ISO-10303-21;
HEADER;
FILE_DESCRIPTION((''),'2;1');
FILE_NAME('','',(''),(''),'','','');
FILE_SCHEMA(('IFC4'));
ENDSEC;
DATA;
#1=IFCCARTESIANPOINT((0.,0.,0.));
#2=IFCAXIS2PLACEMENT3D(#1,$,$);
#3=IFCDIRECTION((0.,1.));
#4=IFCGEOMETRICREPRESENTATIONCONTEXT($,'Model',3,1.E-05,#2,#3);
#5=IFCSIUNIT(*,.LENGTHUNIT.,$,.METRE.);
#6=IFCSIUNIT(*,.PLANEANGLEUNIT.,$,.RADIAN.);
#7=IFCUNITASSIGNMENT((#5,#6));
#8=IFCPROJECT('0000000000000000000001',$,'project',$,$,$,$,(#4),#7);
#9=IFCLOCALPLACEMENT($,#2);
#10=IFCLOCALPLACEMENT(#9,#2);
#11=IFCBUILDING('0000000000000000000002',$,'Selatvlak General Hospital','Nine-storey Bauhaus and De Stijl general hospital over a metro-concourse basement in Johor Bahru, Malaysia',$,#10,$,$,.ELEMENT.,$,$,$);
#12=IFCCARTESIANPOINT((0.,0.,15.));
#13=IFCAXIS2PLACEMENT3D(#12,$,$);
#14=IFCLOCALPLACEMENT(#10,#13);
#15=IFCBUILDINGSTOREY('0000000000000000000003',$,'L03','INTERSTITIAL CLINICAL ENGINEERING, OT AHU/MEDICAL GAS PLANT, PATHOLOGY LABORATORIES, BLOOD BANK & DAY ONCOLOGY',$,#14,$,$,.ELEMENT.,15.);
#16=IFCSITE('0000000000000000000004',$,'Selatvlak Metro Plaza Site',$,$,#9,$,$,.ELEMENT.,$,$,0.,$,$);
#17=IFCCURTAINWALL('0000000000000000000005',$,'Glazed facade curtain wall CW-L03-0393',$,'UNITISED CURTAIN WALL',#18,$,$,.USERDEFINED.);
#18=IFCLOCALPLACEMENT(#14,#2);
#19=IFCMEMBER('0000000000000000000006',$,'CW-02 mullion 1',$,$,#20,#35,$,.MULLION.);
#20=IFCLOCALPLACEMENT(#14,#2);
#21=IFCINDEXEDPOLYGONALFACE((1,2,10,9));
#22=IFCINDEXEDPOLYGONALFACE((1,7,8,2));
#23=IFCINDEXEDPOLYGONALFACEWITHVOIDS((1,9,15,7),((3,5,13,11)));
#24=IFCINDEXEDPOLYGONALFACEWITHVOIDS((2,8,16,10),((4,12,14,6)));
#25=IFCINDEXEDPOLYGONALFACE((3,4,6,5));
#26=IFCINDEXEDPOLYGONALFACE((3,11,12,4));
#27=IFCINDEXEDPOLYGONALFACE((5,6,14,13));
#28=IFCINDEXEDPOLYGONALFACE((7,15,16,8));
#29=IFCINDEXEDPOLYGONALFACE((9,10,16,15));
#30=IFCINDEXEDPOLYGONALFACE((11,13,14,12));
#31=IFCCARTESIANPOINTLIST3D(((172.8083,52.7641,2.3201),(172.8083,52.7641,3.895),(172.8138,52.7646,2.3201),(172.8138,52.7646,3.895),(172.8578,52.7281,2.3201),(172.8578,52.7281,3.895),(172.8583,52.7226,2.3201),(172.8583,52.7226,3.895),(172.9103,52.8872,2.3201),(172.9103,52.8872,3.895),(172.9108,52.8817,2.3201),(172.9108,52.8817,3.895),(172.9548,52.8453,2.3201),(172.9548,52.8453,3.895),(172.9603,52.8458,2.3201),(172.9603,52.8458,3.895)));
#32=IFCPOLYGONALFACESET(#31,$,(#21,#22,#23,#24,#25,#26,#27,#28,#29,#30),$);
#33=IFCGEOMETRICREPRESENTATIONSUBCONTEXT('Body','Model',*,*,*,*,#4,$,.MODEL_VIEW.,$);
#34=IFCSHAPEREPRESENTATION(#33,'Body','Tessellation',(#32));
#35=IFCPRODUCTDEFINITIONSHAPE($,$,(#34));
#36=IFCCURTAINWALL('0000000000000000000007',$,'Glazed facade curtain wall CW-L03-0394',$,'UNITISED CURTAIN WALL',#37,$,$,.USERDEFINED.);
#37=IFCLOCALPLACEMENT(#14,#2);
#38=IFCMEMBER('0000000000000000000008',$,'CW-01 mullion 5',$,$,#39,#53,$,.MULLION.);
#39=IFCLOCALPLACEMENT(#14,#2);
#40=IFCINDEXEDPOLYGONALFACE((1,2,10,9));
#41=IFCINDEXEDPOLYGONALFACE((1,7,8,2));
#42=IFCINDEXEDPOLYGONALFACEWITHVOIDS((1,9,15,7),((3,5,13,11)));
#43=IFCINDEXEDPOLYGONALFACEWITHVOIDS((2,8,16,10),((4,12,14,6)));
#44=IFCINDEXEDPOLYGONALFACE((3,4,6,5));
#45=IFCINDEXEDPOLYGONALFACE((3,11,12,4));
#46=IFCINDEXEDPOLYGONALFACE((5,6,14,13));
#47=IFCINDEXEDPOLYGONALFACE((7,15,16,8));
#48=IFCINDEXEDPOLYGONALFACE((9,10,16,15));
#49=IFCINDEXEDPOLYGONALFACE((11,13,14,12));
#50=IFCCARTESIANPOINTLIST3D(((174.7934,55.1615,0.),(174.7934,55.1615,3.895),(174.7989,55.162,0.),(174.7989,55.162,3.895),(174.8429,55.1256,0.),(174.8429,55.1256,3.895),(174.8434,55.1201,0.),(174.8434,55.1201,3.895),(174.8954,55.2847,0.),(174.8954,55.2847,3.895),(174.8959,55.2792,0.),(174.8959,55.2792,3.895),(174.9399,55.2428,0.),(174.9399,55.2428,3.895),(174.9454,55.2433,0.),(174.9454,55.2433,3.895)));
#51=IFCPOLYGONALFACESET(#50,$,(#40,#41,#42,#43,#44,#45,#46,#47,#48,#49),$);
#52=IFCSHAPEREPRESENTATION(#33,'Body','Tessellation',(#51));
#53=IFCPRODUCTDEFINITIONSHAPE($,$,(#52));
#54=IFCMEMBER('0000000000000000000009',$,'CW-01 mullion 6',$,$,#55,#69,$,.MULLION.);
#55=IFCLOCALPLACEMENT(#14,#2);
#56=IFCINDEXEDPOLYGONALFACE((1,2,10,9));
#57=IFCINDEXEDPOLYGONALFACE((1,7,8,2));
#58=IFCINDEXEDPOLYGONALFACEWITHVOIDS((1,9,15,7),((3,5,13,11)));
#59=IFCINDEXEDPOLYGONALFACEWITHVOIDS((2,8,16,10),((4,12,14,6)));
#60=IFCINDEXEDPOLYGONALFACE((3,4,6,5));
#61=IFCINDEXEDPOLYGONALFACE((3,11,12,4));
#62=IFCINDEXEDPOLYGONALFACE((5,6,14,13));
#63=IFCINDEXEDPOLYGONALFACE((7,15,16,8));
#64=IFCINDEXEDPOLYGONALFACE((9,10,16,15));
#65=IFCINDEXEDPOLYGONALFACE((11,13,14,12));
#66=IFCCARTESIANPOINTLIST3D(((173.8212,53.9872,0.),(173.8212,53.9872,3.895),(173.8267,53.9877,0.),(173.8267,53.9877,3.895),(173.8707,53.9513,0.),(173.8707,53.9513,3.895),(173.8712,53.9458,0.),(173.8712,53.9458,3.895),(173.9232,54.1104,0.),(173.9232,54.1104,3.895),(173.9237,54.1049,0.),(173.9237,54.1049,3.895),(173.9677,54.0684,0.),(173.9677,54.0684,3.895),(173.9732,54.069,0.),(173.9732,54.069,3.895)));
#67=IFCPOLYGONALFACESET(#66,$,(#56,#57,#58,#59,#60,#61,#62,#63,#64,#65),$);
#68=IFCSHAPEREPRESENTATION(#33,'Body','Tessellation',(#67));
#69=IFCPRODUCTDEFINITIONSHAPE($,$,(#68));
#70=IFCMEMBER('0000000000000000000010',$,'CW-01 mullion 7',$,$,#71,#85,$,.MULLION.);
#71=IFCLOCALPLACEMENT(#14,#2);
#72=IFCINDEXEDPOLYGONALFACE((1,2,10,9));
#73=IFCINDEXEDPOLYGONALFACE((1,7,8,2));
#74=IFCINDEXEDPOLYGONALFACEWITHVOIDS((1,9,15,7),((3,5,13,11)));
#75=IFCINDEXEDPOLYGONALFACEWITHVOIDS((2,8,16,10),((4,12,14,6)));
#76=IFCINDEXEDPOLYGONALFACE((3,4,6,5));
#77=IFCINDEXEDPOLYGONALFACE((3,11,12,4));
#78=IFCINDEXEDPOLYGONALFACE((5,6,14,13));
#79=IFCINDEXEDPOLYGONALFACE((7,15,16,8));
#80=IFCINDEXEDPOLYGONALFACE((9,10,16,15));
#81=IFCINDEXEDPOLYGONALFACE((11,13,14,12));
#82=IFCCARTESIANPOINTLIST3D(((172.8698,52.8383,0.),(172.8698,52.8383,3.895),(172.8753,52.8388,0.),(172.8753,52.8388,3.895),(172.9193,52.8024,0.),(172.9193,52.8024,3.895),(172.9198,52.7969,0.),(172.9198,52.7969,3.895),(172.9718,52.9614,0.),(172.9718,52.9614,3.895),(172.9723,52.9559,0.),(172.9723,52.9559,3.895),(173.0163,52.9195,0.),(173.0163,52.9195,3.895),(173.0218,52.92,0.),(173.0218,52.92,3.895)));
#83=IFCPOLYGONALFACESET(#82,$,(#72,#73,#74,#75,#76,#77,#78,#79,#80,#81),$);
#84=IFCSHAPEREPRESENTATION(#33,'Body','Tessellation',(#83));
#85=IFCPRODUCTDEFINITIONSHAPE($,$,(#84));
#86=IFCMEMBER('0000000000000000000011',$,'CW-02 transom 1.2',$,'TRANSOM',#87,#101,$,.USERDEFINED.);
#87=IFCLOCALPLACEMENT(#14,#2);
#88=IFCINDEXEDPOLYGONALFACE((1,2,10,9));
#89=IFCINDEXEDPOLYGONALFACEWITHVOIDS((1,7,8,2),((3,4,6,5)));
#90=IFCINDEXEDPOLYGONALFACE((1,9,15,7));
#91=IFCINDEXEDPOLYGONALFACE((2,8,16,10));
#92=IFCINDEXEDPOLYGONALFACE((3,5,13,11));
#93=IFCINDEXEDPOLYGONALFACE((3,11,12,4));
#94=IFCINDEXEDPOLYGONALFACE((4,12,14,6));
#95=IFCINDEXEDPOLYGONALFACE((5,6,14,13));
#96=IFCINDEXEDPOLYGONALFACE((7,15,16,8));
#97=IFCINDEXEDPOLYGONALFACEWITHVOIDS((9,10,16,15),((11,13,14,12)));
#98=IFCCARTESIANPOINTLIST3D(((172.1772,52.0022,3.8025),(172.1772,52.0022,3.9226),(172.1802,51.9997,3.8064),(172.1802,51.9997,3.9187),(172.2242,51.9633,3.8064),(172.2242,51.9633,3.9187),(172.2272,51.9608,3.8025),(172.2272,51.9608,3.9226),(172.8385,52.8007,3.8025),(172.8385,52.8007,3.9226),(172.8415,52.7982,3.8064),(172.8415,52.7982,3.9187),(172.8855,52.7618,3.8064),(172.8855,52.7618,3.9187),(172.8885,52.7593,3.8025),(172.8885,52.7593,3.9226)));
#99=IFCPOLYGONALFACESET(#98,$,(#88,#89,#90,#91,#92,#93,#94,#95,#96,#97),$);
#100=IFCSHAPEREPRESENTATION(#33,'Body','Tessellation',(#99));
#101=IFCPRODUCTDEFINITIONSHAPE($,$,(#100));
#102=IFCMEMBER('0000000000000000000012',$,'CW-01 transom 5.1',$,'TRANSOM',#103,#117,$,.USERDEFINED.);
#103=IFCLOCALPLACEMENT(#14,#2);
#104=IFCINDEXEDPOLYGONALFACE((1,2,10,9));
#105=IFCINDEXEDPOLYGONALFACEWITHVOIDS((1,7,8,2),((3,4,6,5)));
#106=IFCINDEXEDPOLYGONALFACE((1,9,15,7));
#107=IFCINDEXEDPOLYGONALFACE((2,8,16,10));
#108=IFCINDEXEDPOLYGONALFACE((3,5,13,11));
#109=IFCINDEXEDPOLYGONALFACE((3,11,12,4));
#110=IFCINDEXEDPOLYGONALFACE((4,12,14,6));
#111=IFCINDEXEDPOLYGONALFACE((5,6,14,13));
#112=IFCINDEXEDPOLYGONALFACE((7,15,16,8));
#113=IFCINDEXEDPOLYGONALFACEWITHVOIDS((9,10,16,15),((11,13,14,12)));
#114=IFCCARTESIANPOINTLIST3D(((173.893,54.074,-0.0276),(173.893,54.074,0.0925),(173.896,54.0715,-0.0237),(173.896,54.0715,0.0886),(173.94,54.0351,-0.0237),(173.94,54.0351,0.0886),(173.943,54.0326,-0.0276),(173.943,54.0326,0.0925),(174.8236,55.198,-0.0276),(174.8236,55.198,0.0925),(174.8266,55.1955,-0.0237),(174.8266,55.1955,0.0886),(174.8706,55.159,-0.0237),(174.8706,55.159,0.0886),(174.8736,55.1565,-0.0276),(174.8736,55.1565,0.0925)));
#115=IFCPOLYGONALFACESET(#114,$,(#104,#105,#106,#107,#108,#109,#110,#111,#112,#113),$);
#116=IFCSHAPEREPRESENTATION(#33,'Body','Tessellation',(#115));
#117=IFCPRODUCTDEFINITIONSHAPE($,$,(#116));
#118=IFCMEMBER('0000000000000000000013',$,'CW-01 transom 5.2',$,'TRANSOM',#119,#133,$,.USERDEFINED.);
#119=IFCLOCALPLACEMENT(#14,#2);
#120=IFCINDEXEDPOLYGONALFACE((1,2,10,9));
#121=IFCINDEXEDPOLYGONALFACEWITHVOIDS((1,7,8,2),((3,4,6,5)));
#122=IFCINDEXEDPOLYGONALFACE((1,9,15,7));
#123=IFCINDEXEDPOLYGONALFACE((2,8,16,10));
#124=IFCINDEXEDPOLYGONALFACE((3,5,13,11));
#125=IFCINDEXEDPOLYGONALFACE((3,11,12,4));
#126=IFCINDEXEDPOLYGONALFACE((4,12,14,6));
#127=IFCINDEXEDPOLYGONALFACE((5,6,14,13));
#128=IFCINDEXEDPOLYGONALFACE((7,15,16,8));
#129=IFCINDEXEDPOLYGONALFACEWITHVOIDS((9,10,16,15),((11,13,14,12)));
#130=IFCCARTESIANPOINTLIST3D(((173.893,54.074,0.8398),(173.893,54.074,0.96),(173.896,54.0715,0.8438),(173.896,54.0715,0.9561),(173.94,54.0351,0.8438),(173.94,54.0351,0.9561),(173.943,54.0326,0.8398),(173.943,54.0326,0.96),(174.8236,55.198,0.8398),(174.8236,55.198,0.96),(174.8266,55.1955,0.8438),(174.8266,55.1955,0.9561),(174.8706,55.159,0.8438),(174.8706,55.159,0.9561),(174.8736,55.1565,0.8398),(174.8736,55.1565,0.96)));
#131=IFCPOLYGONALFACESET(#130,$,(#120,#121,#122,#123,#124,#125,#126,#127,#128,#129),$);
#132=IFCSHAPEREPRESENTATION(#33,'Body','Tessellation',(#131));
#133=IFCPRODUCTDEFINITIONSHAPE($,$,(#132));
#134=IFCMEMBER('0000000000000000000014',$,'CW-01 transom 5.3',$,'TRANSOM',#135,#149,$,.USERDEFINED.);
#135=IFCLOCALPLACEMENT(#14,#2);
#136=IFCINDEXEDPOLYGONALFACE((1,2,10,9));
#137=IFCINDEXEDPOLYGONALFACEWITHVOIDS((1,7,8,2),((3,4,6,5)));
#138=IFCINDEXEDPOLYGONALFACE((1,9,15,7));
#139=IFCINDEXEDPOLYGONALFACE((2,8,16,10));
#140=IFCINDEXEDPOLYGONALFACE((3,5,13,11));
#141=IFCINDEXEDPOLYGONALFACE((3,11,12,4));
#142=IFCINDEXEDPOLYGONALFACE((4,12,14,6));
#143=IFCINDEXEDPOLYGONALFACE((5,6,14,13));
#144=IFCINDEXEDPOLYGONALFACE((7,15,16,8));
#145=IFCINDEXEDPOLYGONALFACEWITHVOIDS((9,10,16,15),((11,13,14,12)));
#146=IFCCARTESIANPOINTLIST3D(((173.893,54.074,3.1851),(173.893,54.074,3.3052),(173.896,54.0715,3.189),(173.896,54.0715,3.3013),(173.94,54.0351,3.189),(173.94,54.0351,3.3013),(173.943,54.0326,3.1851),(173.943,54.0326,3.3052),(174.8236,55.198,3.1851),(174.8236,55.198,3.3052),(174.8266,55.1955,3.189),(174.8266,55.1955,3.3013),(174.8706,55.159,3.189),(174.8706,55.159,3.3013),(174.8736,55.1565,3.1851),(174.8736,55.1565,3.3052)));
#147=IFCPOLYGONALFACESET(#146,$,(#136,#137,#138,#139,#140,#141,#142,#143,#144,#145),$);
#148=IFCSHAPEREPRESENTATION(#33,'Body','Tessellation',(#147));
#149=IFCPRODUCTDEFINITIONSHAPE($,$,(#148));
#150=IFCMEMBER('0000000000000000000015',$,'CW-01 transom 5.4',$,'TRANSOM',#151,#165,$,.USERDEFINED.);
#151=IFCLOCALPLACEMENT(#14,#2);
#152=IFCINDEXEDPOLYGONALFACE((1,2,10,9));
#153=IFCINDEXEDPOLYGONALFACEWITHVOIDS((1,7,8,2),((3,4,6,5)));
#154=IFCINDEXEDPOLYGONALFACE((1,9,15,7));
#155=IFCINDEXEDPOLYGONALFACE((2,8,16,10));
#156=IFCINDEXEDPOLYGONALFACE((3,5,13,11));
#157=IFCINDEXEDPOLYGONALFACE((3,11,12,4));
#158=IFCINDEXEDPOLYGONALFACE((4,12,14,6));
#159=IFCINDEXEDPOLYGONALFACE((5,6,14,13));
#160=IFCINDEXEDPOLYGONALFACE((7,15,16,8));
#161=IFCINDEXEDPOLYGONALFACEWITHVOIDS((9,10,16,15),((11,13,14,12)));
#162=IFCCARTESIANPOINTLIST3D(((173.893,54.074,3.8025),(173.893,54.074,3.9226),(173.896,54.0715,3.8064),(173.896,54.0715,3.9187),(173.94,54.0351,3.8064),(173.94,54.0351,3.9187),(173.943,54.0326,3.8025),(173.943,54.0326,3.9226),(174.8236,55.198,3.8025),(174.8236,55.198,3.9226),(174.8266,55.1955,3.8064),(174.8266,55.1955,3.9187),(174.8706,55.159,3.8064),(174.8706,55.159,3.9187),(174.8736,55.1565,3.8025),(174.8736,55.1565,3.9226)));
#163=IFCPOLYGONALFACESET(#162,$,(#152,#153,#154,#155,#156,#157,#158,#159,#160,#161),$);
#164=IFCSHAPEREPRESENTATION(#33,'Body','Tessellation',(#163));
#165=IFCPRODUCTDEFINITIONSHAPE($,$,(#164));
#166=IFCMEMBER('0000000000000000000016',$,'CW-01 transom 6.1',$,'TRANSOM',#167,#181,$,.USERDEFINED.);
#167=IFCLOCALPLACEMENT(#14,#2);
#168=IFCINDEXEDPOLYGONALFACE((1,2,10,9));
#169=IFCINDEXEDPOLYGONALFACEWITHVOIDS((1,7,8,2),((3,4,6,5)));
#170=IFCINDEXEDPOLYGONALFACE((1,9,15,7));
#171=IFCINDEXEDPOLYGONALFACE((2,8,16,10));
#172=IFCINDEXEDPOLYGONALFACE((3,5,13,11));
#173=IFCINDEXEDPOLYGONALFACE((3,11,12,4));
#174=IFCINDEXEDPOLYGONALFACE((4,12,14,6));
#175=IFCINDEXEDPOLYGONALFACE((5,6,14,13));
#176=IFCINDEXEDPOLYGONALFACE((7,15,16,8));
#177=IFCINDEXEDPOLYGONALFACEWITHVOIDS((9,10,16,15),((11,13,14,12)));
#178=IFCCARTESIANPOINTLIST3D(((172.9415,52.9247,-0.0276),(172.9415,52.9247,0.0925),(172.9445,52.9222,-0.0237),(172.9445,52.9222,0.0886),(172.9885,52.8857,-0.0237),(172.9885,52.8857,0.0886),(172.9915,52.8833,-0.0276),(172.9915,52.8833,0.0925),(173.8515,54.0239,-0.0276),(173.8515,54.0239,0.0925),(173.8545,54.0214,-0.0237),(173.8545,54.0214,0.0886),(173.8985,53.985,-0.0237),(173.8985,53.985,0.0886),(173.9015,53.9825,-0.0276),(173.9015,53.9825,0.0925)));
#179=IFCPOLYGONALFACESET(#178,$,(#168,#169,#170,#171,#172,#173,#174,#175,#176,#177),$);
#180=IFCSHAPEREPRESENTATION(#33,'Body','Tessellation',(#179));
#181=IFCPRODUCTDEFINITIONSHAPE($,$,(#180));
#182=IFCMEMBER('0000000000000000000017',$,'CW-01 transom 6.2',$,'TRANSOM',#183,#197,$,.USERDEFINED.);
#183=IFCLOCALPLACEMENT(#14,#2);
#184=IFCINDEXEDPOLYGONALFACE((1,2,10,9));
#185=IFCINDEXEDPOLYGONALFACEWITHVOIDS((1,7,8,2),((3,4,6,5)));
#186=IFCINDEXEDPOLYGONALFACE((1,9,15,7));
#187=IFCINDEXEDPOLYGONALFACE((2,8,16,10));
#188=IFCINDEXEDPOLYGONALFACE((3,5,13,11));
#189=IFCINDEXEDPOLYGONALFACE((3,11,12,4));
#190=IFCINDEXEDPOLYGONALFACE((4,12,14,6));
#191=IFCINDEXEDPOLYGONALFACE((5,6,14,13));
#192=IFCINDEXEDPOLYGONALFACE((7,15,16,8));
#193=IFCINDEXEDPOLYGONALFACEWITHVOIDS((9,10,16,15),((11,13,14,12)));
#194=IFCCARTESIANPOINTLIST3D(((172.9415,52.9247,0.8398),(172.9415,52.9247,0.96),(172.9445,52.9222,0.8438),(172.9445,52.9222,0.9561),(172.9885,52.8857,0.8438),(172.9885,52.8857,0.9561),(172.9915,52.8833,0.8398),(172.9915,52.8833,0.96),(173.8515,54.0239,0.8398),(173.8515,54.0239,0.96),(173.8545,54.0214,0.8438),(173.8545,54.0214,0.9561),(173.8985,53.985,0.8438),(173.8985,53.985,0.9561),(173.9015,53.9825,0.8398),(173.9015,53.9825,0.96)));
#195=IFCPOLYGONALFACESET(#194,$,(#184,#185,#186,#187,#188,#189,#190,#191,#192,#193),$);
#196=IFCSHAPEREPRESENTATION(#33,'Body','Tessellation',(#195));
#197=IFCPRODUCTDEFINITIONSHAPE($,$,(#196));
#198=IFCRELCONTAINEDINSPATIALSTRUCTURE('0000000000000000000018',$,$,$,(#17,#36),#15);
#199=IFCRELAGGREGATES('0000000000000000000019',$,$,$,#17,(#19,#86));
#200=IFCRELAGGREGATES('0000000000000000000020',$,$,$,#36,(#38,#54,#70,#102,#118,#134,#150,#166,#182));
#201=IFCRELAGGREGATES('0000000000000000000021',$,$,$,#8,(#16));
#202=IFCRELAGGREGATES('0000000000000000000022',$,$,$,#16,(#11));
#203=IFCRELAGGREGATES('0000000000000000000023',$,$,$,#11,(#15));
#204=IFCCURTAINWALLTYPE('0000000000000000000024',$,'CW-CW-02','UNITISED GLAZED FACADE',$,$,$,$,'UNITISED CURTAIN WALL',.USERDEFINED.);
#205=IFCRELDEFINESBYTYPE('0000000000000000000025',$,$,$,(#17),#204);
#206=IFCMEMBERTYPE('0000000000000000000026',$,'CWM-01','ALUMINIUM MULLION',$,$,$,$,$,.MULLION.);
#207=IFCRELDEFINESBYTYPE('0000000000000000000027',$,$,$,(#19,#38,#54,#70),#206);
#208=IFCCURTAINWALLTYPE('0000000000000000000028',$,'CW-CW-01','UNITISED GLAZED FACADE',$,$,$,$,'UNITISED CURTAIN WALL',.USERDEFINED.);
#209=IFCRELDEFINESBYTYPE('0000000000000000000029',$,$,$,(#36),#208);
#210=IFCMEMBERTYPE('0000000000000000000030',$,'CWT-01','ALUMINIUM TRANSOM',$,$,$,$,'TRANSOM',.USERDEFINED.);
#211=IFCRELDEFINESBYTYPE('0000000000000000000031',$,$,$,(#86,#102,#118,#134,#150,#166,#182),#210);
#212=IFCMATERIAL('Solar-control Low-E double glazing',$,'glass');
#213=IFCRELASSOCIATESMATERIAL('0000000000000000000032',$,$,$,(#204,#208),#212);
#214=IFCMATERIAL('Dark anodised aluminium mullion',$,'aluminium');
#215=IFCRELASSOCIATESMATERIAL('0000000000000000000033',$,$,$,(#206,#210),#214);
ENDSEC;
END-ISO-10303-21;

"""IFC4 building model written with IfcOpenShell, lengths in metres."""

from ifc_helpers import new_model, si_unit, direction, frame, origin, origin_2d, place, context, subcontext, project, spatial, hollow_rectangle, extrude, material, material_profile, profile_set, type_object, element, aggregate, save


model = new_model("IFC4")

# Units and contexts
model_context = context("Model", 3, precision=1e-05, world=origin(), true_north=direction((0.0, 1.0)))
body_context = subcontext(model_context, "Body", "Model", "MODEL_VIEW")
ifc_project = project(units=[si_unit("LENGTHUNIT", "METRE"), si_unit("PLANEANGLEUNIT", "RADIAN")], contexts=[model_context])

# Site, building, storey
site_placement = place(None, origin())
site = spatial("IfcSite", under=ifc_project, at=site_placement, Name="Selatvlak Metro Plaza Site", CompositionType="ELEMENT", RefElevation=0.0)
building_placement = place(site_placement, origin())
building = spatial("IfcBuilding", under=site, at=building_placement, Name="Selatvlak General Hospital", Description="Nine-storey Bauhaus and De Stijl general hospital over a metro-concourse basement in Johor Bahru, Malaysia", CompositionType="ELEMENT")
storey_placement = place(building_placement, frame((0.0, 0.0, 15.0)))
storey = spatial("IfcBuildingStorey", under=building, at=storey_placement, Name="L03", Description="INTERSTITIAL CLINICAL ENGINEERING, OT AHU/MEDICAL GAS PLANT, PATHOLOGY LABORATORIES, BLOOD BANK & DAY ONCOLOGY", CompositionType="ELEMENT", Elevation=15.0)

# Curtain wall, member
ifc_material_1 = material(Name="Solar-control Low-E double glazing", Category="glass")
curtain_wall_type_1 = type_object("IfcCurtainWallType", Name="CW-CW-02", Description="UNITISED GLAZED FACADE", ElementType="UNITISED CURTAIN WALL", PredefinedType="USERDEFINED", material=ifc_material_1)
curtain_wall_1_placement = place(storey_placement, origin())
curtain_wall_1 = element("IfcCurtainWall", 1, at=curtain_wall_1_placement, inside=storey, type_object=curtain_wall_type_1, Name="Glazed facade curtain wall CW-L03-0393", ObjectType="UNITISED CURTAIN WALL", PredefinedType="USERDEFINED")
ifc_material_2 = material(Name="Dark anodised aluminium mullion", Category="aluminium")
ifc_material_profile_1 = material_profile(ifc_material_2, hollow_rectangle(XDim=0.0649, YDim=0.1599, WallThickness=0.0039, at=origin_2d()), Name="AL-MUL 65x160x4")
ifc_profile_set_1 = profile_set([ifc_material_profile_1], Name="Dark anodised aluminium mullion")
member_type_1 = type_object("IfcMemberType", Name="CWM-01", Description="ALUMINIUM MULLION", PredefinedType="MULLION", material=ifc_profile_set_1)
member_1_placement = place(storey_placement, frame((172.8843, 52.8049, 2.3201), z_axis=(0.0, 0.0, 1.0), x_axis=(0.770133, -0.637883, 0.0)))
member_1 = element("IfcMember", 2, at=member_1_placement, type_object=member_type_1, Name="CW-02 mullion 1", PredefinedType="MULLION", context=body_context, shape_type="SweptSolid", body=[
    extrude(hollow_rectangle(XDim=0.0649, YDim=0.1599, WallThickness=0.0039, at=origin_2d()), origin(), (0.0, 0.0, 1.0), 1.575),
])

# Curtain wall, members
curtain_wall_type_2 = type_object("IfcCurtainWallType", Name="CW-CW-01", Description="UNITISED GLAZED FACADE", ElementType="UNITISED CURTAIN WALL", PredefinedType="USERDEFINED", material=ifc_material_1)
curtain_wall_2_placement = place(storey_placement, origin())
curtain_wall_2 = element("IfcCurtainWall", 3, at=curtain_wall_2_placement, inside=storey, type_object=curtain_wall_type_2, Name="Glazed facade curtain wall CW-L03-0394", ObjectType="UNITISED CURTAIN WALL", PredefinedType="USERDEFINED")
member_2_placement = place(storey_placement, frame((174.8694, 55.2024, 0.0), z_axis=(0.0, 0.0, 1.0), x_axis=(0.770252, -0.63774, 0.0)))
member_2 = element("IfcMember", 4, at=member_2_placement, type_object=member_type_1, Name="CW-01 mullion 5", PredefinedType="MULLION", context=body_context, shape_type="SweptSolid", body=[
    extrude(hollow_rectangle(XDim=0.0649, YDim=0.1599, WallThickness=0.0039, at=origin_2d()), origin(), (0.0, 0.0, 1.0), 3.895),
])
member_3_placement = place(storey_placement, frame((173.8972, 54.0281, 0.0), z_axis=(0.0, 0.0, 1.0), x_axis=(0.770252, -0.63774, 0.0)))
member_3 = element("IfcMember", 5, at=member_3_placement, type_object=member_type_1, Name="CW-01 mullion 6", PredefinedType="MULLION", context=body_context, shape_type="SweptSolid", body=[
    extrude(hollow_rectangle(XDim=0.0649, YDim=0.1599, WallThickness=0.0039, at=origin_2d()), origin(), (0.0, 0.0, 1.0), 3.895),
])
member_4_placement = place(storey_placement, frame((172.9458, 52.8792, 0.0), z_axis=(0.0, 0.0, 1.0), x_axis=(0.770252, -0.63774, 0.0)))
member_4 = element("IfcMember", 6, at=member_4_placement, type_object=member_type_1, Name="CW-01 mullion 7", PredefinedType="MULLION", context=body_context, shape_type="SweptSolid", body=[
    extrude(hollow_rectangle(XDim=0.0649, YDim=0.1599, WallThickness=0.0039, at=origin_2d()), origin(), (0.0, 0.0, 1.0), 3.895),
])

# Members
ifc_material_profile_2 = material_profile(ifc_material_2, hollow_rectangle(XDim=0.0649, YDim=0.1201, WallThickness=0.0039, at=origin_2d()), Name="AL-TRN 65x120x4")
ifc_profile_set_2 = profile_set([ifc_material_profile_2], Name="Dark anodised aluminium mullion")
member_type_2 = type_object("IfcMemberType", Name="CWT-01", Description="ALUMINIUM TRANSOM", ElementType="TRANSOM", PredefinedType="USERDEFINED", material=ifc_profile_set_2)
member_5_placement = place(storey_placement, frame((172.8635, 52.78, 3.8625), z_axis=(-0.637842, -0.770167, 0.0), x_axis=(0.770167, -0.637842, 0.0)))
member_5 = element("IfcMember", 7, at=member_5_placement, type_object=member_type_2, Name="CW-02 transom 1.2", ObjectType="TRANSOM", PredefinedType="USERDEFINED", context=body_context, shape_type="SweptSolid", body=[
    extrude(hollow_rectangle(XDim=0.0649, YDim=0.1201, WallThickness=0.0039, at=origin_2d()), origin(), (0.0, 0.0, 1.0), 1.0369),
])
aggregate(curtain_wall_1, [member_1, member_5])
member_6_placement = place(storey_placement, frame((174.8486, 55.1772, 0.0325), z_axis=(-0.637746, -0.770247, 0.0), x_axis=(0.770247, -0.637746, 0.0)))
member_6 = element("IfcMember", 8, at=member_6_placement, type_object=member_type_2, Name="CW-01 transom 5.1", ObjectType="TRANSOM", PredefinedType="USERDEFINED", context=body_context, shape_type="SweptSolid", body=[
    extrude(hollow_rectangle(XDim=0.0649, YDim=0.1201, WallThickness=0.0039, at=origin_2d()), origin(), (0.0, 0.0, 1.0), 1.4592),
])
member_7_placement = place(storey_placement, frame((174.8486, 55.1772, 0.8999), z_axis=(-0.637746, -0.770247, 0.0), x_axis=(0.770247, -0.637746, 0.0)))
member_7 = element("IfcMember", 9, at=member_7_placement, type_object=member_type_2, Name="CW-01 transom 5.2", ObjectType="TRANSOM", PredefinedType="USERDEFINED", context=body_context, shape_type="SweptSolid", body=[
    extrude(hollow_rectangle(XDim=0.0649, YDim=0.1201, WallThickness=0.0039, at=origin_2d()), origin(), (0.0, 0.0, 1.0), 1.4592),
])
member_8_placement = place(storey_placement, frame((174.8486, 55.1772, 3.2451), z_axis=(-0.637746, -0.770247, 0.0), x_axis=(0.770247, -0.637746, 0.0)))
member_8 = element("IfcMember", 10, at=member_8_placement, type_object=member_type_2, Name="CW-01 transom 5.3", ObjectType="TRANSOM", PredefinedType="USERDEFINED", context=body_context, shape_type="SweptSolid", body=[
    extrude(hollow_rectangle(XDim=0.0649, YDim=0.1201, WallThickness=0.0039, at=origin_2d()), origin(), (0.0, 0.0, 1.0), 1.4592),
])
member_9_placement = place(storey_placement, frame((174.8486, 55.1772, 3.8625), z_axis=(-0.637746, -0.770247, 0.0), x_axis=(0.770247, -0.637746, 0.0)))
member_9 = element("IfcMember", 11, at=member_9_placement, type_object=member_type_2, Name="CW-01 transom 5.4", ObjectType="TRANSOM", PredefinedType="USERDEFINED", context=body_context, shape_type="SweptSolid", body=[
    extrude(hollow_rectangle(XDim=0.0649, YDim=0.1201, WallThickness=0.0039, at=origin_2d()), origin(), (0.0, 0.0, 1.0), 1.4592),
])
member_10_placement = place(storey_placement, frame((173.8765, 54.0032, 0.0325), z_axis=(-0.63769, -0.770293, 0.0), x_axis=(0.770293, -0.63769, 0.0)))
member_10 = element("IfcMember", 12, at=member_10_placement, type_object=member_type_2, Name="CW-01 transom 6.1", ObjectType="TRANSOM", PredefinedType="USERDEFINED", context=body_context, shape_type="SweptSolid", body=[
    extrude(hollow_rectangle(XDim=0.0649, YDim=0.1201, WallThickness=0.0039, at=origin_2d()), origin(), (0.0, 0.0, 1.0), 1.427),
])
member_11_placement = place(storey_placement, frame((173.8765, 54.0032, 0.8999), z_axis=(-0.63769, -0.770293, 0.0), x_axis=(0.770293, -0.63769, 0.0)))
member_11 = element("IfcMember", 13, at=member_11_placement, type_object=member_type_2, Name="CW-01 transom 6.2", ObjectType="TRANSOM", PredefinedType="USERDEFINED", context=body_context, shape_type="SweptSolid", body=[
    extrude(hollow_rectangle(XDim=0.0649, YDim=0.1201, WallThickness=0.0039, at=origin_2d()), origin(), (0.0, 0.0, 1.0), 1.427),
])

aggregate(curtain_wall_2, [member_2, member_3, member_4, member_6, member_7, member_8, member_9, member_10, member_11])

save(model, "model.ifc")
